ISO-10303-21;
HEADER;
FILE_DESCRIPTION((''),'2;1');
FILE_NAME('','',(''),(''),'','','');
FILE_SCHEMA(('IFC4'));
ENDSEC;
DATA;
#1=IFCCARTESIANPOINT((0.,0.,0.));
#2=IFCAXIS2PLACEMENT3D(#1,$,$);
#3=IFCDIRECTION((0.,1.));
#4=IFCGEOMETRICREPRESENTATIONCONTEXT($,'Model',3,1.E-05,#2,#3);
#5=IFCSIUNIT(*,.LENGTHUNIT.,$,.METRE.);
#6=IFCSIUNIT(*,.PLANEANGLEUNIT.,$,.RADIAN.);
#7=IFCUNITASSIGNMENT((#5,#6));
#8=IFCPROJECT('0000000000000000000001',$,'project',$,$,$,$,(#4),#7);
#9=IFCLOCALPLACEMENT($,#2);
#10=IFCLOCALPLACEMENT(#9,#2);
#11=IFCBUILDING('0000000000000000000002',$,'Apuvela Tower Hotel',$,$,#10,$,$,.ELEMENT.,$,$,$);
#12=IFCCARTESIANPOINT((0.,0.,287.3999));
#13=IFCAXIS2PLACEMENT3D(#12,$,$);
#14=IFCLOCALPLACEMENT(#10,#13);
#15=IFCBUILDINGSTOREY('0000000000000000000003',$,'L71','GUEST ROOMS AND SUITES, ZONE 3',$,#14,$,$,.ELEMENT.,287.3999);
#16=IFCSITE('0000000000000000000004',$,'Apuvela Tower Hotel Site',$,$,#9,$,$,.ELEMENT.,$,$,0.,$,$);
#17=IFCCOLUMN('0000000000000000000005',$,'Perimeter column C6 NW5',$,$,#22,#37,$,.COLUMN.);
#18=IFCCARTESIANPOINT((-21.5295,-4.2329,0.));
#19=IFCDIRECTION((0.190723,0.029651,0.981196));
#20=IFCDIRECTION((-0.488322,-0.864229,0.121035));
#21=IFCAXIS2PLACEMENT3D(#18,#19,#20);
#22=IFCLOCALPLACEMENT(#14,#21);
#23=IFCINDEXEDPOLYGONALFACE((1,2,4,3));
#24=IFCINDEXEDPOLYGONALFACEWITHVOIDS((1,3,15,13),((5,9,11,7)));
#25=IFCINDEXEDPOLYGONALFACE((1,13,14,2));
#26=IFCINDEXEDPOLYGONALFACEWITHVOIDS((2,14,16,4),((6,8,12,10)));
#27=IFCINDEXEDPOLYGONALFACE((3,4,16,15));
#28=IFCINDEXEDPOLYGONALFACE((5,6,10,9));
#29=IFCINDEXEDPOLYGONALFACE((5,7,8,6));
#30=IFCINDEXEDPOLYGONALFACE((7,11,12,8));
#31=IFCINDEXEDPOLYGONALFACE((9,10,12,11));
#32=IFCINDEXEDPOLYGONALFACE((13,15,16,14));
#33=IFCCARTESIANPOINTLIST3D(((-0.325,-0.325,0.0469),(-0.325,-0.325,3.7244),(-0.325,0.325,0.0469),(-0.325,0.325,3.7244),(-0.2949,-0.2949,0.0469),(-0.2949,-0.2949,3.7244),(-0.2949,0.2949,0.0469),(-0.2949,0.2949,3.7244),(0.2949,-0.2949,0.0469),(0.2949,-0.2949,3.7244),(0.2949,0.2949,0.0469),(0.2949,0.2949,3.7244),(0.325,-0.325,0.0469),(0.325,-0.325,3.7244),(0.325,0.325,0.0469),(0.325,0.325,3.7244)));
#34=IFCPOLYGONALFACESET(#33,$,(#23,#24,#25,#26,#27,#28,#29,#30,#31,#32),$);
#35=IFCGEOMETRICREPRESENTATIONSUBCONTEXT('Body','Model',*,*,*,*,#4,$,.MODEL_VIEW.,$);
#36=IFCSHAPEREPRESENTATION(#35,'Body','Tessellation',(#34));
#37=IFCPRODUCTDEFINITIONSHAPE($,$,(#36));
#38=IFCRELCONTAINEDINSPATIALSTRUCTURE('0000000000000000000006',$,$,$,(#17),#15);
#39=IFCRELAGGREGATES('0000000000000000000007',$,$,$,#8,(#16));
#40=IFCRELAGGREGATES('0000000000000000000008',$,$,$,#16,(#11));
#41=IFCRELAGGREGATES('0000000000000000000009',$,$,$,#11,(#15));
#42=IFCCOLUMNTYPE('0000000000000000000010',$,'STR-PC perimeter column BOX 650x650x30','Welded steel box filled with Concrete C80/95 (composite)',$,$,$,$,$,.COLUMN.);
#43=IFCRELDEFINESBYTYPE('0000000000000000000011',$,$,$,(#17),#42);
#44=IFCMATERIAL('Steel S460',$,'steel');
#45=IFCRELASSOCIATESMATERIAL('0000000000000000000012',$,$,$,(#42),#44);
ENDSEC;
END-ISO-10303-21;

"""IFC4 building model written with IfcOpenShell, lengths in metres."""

from ifc_helpers import new_model, si_unit, direction, frame, origin, origin_2d, place, context, subcontext, project, spatial, rectangle, hollow_rectangle, extrude, boolean, halfspace, material, material_profile, profile_set, type_object, element, save


model = new_model("IFC4")

# Units and contexts
model_context = context("Model", 3, precision=1e-05, world=origin(), true_north=direction((0.0, 1.0)))
body_context = subcontext(model_context, "Body", "Model", "MODEL_VIEW")
ifc_project = project(units=[si_unit("LENGTHUNIT", "METRE"), si_unit("PLANEANGLEUNIT", "RADIAN")], contexts=[model_context])

# Site, building, storey
site_placement = place(None, origin())
site = spatial("IfcSite", under=ifc_project, at=site_placement, Name="Apuvela Tower Hotel Site", CompositionType="ELEMENT", RefElevation=0.0)
building_placement = place(site_placement, origin())
building = spatial("IfcBuilding", under=site, at=building_placement, Name="Apuvela Tower Hotel", CompositionType="ELEMENT")
storey_placement = place(building_placement, frame((0.0, 0.0, 287.3999)))
storey = spatial("IfcBuildingStorey", under=building, at=storey_placement, Name="L71", Description="GUEST ROOMS AND SUITES, ZONE 3", CompositionType="ELEMENT", Elevation=287.3999)

# Column
ifc_material_1 = material(Name="Steel S460", Category="steel")
ifc_material_profile_1 = material_profile(ifc_material_1, hollow_rectangle(XDim=0.6499, YDim=0.6499, WallThickness=0.03, at=origin_2d()), Name="BOX 650x650x30")
ifc_material_2 = material(Name="Concrete C80/95", Category="concrete")
ifc_material_profile_2 = material_profile(ifc_material_2, rectangle(XDim=0.5901, YDim=0.5901, at=origin_2d()), Name="Concrete C80/95 infill")
ifc_profile_set_1 = profile_set([ifc_material_profile_1, ifc_material_profile_2], Name="Steel S460")
column_type = type_object("IfcColumnType", Name="STR-PC perimeter column BOX 650x650x30", Description="Welded steel box filled with Concrete C80/95 (composite)", PredefinedType="COLUMN", material=ifc_profile_set_1)
column_placement = place(storey_placement, frame((-21.5295, -4.2329, 0.0), z_axis=(0.190723, 0.029651, 0.981196), x_axis=(-0.488322, -0.864229, 0.121035)))
element("IfcColumn", 1, at=column_placement, inside=storey, type_object=column_type, Name="Perimeter column C6 NW5", PredefinedType="COLUMN", context=body_context, shape_type="SweptSolid", body=[
    boolean("DIFFERENCE", boolean("DIFFERENCE", extrude(hollow_rectangle(XDim=0.6499, YDim=0.6499, WallThickness=0.03, at=origin_2d()), origin(), (0.0, 0.0, 1.0), 3.771), halfspace(frame((0.0, 0.0, 0.0469), z_axis=(0.0, 0.0, 1.0), x_axis=(1.0, 0.0, 0.0)), True)), halfspace(frame((0.0, 0.0, 3.7244), z_axis=(0.0, 0.0, 1.0), x_axis=(1.0, 0.0, 0.0)), False)),
])

save(model, "model.ifc")
